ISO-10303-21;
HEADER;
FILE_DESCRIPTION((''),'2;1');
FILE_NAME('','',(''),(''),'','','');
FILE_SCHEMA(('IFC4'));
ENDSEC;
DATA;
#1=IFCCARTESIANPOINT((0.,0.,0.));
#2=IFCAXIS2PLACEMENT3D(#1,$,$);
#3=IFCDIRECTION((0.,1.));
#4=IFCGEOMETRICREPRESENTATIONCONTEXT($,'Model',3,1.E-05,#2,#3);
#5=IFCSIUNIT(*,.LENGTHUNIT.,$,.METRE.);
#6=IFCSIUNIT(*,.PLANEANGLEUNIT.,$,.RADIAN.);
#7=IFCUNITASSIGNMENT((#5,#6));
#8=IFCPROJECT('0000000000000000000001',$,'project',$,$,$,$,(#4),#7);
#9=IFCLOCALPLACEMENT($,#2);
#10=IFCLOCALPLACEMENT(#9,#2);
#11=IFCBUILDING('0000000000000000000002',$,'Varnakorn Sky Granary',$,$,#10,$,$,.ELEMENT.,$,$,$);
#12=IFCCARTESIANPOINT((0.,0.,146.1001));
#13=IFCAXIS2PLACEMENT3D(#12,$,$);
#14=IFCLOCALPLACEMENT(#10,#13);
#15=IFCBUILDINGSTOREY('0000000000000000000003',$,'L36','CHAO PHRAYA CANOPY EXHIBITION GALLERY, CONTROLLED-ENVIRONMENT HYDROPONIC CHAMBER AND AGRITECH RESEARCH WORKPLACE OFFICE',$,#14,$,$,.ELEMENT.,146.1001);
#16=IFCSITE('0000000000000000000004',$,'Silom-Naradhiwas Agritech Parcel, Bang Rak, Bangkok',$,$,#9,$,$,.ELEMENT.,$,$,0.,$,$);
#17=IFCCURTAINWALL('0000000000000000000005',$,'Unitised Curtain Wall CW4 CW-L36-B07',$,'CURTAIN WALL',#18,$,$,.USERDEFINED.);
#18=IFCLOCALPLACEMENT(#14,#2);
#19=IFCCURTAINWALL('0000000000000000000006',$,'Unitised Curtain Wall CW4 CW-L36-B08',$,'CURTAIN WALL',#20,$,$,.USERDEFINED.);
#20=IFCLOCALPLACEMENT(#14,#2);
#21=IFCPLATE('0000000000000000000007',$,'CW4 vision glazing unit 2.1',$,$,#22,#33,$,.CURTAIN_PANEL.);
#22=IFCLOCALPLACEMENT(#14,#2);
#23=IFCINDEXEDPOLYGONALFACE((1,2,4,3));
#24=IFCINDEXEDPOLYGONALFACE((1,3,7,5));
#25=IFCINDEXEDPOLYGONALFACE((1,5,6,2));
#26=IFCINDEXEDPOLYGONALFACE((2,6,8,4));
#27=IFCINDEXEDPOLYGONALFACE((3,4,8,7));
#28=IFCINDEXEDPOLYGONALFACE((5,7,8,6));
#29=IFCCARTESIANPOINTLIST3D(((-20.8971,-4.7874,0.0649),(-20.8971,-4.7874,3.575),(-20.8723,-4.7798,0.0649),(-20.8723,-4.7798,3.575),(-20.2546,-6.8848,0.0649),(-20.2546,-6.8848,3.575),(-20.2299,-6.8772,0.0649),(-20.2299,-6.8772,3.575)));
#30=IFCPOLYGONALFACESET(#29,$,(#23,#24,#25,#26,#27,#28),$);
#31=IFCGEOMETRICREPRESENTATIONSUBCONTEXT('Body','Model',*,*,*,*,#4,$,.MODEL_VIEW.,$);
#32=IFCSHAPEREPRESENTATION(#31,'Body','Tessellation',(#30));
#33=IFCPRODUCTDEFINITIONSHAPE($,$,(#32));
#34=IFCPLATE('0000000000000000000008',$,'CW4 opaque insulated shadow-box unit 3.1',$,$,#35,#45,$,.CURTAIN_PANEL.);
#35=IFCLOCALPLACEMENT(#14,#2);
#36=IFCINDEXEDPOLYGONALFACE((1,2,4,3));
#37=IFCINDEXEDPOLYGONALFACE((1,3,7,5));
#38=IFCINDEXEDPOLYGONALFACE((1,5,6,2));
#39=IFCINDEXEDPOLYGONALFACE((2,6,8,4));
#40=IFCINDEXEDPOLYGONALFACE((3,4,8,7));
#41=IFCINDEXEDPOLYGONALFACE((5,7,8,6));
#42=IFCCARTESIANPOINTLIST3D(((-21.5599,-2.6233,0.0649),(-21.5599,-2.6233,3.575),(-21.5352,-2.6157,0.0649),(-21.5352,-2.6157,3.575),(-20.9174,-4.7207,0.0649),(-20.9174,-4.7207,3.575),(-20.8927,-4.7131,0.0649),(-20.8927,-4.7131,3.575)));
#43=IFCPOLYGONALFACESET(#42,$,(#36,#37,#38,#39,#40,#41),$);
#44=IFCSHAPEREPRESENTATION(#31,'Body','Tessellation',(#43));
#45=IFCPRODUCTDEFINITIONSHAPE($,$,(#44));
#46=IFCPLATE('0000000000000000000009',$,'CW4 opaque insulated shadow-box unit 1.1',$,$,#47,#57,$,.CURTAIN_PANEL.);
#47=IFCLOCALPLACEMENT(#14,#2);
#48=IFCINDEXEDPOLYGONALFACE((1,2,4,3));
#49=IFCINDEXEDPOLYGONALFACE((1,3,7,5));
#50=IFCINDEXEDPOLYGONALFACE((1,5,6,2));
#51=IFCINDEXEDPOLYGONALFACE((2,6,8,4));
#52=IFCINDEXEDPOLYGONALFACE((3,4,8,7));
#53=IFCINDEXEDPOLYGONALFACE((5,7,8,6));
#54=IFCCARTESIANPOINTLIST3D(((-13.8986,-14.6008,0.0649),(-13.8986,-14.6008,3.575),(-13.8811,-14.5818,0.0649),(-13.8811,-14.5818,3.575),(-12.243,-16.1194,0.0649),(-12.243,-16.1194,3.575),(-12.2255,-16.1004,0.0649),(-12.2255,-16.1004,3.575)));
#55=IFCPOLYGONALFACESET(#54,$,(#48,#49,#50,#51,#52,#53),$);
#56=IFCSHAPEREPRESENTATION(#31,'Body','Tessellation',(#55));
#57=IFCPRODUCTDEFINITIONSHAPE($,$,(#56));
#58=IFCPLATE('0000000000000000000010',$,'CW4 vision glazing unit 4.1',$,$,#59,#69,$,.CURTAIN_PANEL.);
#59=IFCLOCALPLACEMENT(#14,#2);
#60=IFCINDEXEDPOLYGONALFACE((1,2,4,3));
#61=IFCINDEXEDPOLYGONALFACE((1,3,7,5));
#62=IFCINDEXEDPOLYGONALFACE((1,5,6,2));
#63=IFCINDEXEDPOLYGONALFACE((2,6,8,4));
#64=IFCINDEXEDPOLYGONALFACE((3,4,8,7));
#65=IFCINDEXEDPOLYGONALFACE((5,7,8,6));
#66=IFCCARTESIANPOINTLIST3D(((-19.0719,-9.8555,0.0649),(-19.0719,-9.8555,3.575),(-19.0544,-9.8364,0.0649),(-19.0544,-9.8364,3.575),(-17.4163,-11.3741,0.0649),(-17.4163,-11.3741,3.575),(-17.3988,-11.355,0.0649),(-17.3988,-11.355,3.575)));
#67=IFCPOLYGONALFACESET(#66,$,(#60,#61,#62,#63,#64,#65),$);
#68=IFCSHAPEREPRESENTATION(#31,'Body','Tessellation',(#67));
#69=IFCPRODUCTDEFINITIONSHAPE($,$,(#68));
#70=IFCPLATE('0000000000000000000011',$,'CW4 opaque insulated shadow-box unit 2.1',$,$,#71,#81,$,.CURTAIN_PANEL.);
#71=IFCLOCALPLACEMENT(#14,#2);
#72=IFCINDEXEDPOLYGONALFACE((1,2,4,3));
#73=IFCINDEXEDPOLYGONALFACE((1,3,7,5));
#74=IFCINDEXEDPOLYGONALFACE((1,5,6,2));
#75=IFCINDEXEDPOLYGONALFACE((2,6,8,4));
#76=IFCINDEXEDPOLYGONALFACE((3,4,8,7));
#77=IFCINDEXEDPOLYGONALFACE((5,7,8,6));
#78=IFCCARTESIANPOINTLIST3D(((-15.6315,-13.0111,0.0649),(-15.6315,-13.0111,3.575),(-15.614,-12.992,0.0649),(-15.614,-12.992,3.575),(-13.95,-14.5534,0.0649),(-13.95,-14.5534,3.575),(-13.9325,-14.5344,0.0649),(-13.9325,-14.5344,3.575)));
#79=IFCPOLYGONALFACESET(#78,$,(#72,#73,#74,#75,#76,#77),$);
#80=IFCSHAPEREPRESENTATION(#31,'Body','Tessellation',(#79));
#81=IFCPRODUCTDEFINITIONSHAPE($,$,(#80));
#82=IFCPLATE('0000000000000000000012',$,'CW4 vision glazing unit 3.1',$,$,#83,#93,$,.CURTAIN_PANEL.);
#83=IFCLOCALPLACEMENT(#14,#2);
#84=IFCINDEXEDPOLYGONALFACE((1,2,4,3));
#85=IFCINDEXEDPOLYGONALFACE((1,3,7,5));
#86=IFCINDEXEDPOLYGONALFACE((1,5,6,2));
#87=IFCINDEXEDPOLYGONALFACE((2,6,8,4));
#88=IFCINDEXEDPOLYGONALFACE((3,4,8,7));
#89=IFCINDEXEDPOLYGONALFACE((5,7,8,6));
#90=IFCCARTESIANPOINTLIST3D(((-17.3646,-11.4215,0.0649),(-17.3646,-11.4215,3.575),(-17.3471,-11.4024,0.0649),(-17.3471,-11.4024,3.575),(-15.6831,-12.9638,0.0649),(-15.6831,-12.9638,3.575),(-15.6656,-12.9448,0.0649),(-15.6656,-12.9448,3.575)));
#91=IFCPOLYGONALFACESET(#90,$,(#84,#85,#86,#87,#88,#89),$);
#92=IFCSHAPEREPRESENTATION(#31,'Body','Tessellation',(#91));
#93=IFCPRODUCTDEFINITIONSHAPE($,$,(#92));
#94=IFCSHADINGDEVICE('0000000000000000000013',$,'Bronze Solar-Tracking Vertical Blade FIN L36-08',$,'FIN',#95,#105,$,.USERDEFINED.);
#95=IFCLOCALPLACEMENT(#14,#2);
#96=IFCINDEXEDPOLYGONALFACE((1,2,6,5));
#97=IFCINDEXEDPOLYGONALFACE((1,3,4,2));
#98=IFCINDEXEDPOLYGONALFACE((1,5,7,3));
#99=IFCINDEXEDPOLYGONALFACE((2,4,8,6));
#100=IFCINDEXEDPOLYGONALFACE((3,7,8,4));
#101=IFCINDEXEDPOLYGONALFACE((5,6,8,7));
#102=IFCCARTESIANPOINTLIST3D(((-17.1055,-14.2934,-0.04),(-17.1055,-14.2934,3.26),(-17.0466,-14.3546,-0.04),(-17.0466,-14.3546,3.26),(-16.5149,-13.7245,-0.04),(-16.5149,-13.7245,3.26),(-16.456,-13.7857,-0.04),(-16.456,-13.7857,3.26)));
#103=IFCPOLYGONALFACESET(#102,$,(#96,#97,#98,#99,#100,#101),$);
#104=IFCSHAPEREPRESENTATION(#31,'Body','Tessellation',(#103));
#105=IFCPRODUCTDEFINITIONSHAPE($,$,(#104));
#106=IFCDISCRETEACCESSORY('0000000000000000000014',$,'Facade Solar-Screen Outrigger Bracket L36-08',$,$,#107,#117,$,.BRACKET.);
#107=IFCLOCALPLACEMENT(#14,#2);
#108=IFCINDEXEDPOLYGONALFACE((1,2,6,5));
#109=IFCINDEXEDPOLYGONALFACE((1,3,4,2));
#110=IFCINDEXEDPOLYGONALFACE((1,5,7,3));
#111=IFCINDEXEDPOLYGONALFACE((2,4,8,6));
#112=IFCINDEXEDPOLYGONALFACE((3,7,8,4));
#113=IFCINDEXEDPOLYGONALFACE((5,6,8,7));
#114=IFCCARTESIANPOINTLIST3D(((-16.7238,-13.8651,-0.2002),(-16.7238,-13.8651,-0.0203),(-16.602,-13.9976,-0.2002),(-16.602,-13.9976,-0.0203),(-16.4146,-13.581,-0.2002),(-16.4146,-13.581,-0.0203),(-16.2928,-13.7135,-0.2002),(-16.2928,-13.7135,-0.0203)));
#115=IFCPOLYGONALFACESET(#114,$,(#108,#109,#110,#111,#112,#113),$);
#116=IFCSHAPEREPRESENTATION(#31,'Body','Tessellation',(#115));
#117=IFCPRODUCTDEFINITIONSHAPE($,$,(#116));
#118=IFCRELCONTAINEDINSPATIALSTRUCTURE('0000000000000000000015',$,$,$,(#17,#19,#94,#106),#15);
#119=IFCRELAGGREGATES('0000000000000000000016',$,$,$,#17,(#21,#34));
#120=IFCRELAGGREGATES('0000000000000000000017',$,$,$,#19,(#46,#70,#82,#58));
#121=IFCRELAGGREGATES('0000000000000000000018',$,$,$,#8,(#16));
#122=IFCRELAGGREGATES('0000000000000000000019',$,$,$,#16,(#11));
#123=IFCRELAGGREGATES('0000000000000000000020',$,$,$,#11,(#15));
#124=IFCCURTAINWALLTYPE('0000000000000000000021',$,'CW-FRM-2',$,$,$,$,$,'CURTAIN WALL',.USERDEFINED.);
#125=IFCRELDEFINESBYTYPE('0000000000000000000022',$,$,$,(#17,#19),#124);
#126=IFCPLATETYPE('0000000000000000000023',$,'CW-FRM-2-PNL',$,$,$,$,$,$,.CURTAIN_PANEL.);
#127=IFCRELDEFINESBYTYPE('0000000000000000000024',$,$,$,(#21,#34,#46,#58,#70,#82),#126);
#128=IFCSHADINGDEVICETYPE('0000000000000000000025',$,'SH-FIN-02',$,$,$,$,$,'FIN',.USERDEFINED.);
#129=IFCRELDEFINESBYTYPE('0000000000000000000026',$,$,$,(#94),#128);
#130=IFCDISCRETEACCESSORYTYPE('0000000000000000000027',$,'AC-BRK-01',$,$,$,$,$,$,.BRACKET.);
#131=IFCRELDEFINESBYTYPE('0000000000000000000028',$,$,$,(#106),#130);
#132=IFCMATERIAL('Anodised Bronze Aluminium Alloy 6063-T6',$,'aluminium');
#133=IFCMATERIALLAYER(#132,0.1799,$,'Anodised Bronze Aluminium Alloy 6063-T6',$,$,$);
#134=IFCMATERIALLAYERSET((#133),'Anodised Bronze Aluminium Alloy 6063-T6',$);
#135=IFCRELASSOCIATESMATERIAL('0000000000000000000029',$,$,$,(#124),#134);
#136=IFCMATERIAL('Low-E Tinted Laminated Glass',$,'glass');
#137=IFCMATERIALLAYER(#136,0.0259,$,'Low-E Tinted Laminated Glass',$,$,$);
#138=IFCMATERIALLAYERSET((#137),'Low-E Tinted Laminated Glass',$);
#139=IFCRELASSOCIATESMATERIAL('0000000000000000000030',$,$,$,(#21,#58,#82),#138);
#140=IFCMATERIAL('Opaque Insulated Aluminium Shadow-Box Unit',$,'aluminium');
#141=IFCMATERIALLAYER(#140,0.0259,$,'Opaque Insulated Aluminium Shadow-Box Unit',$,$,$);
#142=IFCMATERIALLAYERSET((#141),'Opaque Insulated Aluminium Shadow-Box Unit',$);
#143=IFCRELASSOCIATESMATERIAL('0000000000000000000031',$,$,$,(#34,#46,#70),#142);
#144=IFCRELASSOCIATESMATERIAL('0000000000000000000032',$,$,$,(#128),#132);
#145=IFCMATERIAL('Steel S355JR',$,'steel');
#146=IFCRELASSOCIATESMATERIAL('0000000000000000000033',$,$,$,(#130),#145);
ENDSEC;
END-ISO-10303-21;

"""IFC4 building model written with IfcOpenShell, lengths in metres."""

from ifc_helpers import new_model, si_unit, direction, frame, origin, origin_2d, place, context, subcontext, project, spatial, rectangle, extrude, source, transform, mapped, material, layer, layer_set, type_object, type_shapes, element, aggregate, save


model = new_model("IFC4")

# Units and contexts
model_context = context("Model", 3, precision=1e-05, world=origin(), true_north=direction((0.0, 1.0)))
body_context = subcontext(model_context, "Body", "Model", "MODEL_VIEW")
ifc_project = project(units=[si_unit("LENGTHUNIT", "METRE"), si_unit("PLANEANGLEUNIT", "RADIAN")], contexts=[model_context])

# Site, building, storey
site_placement = place(None, origin())
site = spatial("IfcSite", under=ifc_project, at=site_placement, Name="Silom-Naradhiwas Agritech Parcel, Bang Rak, Bangkok", CompositionType="ELEMENT", RefElevation=0.0)
building_placement = place(site_placement, origin())
building = spatial("IfcBuilding", under=site, at=building_placement, Name="Varnakorn Sky Granary", CompositionType="ELEMENT")
storey_placement = place(building_placement, frame((0.0, 0.0, 146.1001)))
storey = spatial("IfcBuildingStorey", under=building, at=storey_placement, Name="L36", Description="CHAO PHRAYA CANOPY EXHIBITION GALLERY, CONTROLLED-ENVIRONMENT HYDROPONIC CHAMBER AND AGRITECH RESEARCH WORKPLACE OFFICE", CompositionType="ELEMENT", Elevation=146.1001)

# Shared definitions
ifc_material_1 = material(Name="Steel S355JR", Category="steel")

# Curtain walls
ifc_material_2 = material(Name="Anodised Bronze Aluminium Alloy 6063-T6", Category="aluminium")
ifc_layer_1 = layer(ifc_material_2, 0.1799, Name="Anodised Bronze Aluminium Alloy 6063-T6")
ifc_layer_set_1 = layer_set([ifc_layer_1], Name="Anodised Bronze Aluminium Alloy 6063-T6")
curtain_wall_type = type_object("IfcCurtainWallType", Name="CW-FRM-2", ElementType="CURTAIN WALL", PredefinedType="USERDEFINED", material=ifc_layer_set_1)
curtain_wall_1_placement = place(storey_placement, origin())
curtain_wall_1 = element("IfcCurtainWall", 1, at=curtain_wall_1_placement, inside=storey, type_object=curtain_wall_type, Name="Unitised Curtain Wall CW4 CW-L36-B07", ObjectType="CURTAIN WALL", PredefinedType="USERDEFINED")
curtain_wall_2_placement = place(storey_placement, origin())
curtain_wall_2 = element("IfcCurtainWall", 2, at=curtain_wall_2_placement, inside=storey, type_object=curtain_wall_type, Name="Unitised Curtain Wall CW4 CW-L36-B08", ObjectType="CURTAIN WALL", PredefinedType="USERDEFINED")

# Plates
ifc_material_3 = material(Name="Low-E Tinted Laminated Glass", Category="glass")
ifc_layer_2 = layer(ifc_material_3, 0.0259, Name="Low-E Tinted Laminated Glass")
ifc_layer_set_2 = layer_set([ifc_layer_2], Name="Low-E Tinted Laminated Glass")
plate_type_1 = type_object("IfcPlateType", Name="CW-FRM-2-PNL", PredefinedType="CURTAIN_PANEL")
ifc_material_4 = material(Name="Opaque Insulated Aluminium Shadow-Box Unit", Category="aluminium")
ifc_layer_3 = layer(ifc_material_4, 0.0259, Name="Opaque Insulated Aluminium Shadow-Box Unit")
ifc_layer_set_3 = layer_set([ifc_layer_3], Name="Opaque Insulated Aluminium Shadow-Box Unit")
shared_shape_1 = source(origin(), body_context, "Body", "SweptSolid", [
    extrude(rectangle(XDim=2.1936, YDim=0.0259, at=origin_2d()), origin(), (0.0, 0.0, 1.0), 3.51),
])
plate_1_placement = place(storey_placement, frame((-20.5635, -5.8323, 0.0649), z_axis=(0.0, 0.0, 1.0), x_axis=(-0.292893, 0.956145, 0.0)))
plate_1 = element("IfcPlate", 3, at=plate_1_placement, type_object=plate_type_1, material=ifc_layer_set_2, Name="CW4 vision glazing unit 2.1", PredefinedType="CURTAIN_PANEL", context=body_context, shape_type="MappedRepresentation", body=[
    mapped(shared_shape_1, transform((0.0, 0.0, 0.0), x_axis=(1.0, 0.0, 0.0), y_axis=(0.0, 1.0, 0.0), z_axis=(0.0, 0.0, 1.0), scale=1.0)),
])
plate_2_placement = place(storey_placement, frame((-21.2263, -3.6682, 0.0649), z_axis=(0.0, 0.0, 1.0), x_axis=(-0.292893, 0.956145, 0.0)))
plate_2 = element("IfcPlate", 4, at=plate_2_placement, type_object=plate_type_1, material=ifc_layer_set_3, Name="CW4 opaque insulated shadow-box unit 3.1", PredefinedType="CURTAIN_PANEL", context=body_context, shape_type="MappedRepresentation", body=[
    mapped(shared_shape_1, transform((0.0, 0.0, 0.0), x_axis=(1.0, 0.0, 0.0), y_axis=(0.0, 1.0, 0.0), z_axis=(0.0, 0.0, 1.0), scale=1.0)),
])
aggregate(curtain_wall_1, [plate_1, plate_2])
shared_shape_2 = source(origin(), body_context, "Body", "SweptSolid", [
    extrude(rectangle(XDim=2.2466, YDim=0.0259, at=origin_2d()), origin(), (0.0, 0.0, 1.0), 3.51),
])
plate_3_placement = place(storey_placement, frame((-13.062, -15.3506, 0.0649), z_axis=(0.0, 0.0, 1.0), x_axis=(-0.736938, 0.67596, 0.0)))
plate_3 = element("IfcPlate", 5, at=plate_3_placement, type_object=plate_type_1, material=ifc_layer_set_3, Name="CW4 opaque insulated shadow-box unit 1.1", PredefinedType="CURTAIN_PANEL", context=body_context, shape_type="MappedRepresentation", body=[
    mapped(shared_shape_2, transform((0.0, 0.0, 0.0), x_axis=(1.0, 0.0, 0.0), y_axis=(0.0, 1.0, 0.0), z_axis=(0.0, 0.0, 1.0), scale=1.0)),
])
plate_4_placement = place(storey_placement, frame((-18.2354, -10.6052, 0.0649), z_axis=(0.0, 0.0, 1.0), x_axis=(-0.736938, 0.67596, 0.0)))
plate_4 = element("IfcPlate", 6, at=plate_4_placement, type_object=plate_type_1, material=ifc_layer_set_2, Name="CW4 vision glazing unit 4.1", PredefinedType="CURTAIN_PANEL", context=body_context, shape_type="MappedRepresentation", body=[
    mapped(shared_shape_2, transform((0.0, 0.0, 0.0), x_axis=(1.0, 0.0, 0.0), y_axis=(0.0, 1.0, 0.0), z_axis=(0.0, 0.0, 1.0), scale=1.0)),
])
shared_shape_3 = source(origin(), body_context, "Body", "SweptSolid", [
    extrude(rectangle(XDim=2.2817, YDim=0.0259, at=origin_2d()), origin(), (0.0, 0.0, 1.0), 3.51),
])
plate_5_placement = place(storey_placement, frame((-14.782, -13.7727, 0.0649), z_axis=(0.0, 0.0, 1.0), x_axis=(-0.736938, 0.67596, 0.0)))
plate_5 = element("IfcPlate", 7, at=plate_5_placement, type_object=plate_type_1, material=ifc_layer_set_3, Name="CW4 opaque insulated shadow-box unit 2.1", PredefinedType="CURTAIN_PANEL", context=body_context, shape_type="MappedRepresentation", body=[
    mapped(shared_shape_3, transform((0.0, 0.0, 0.0), x_axis=(1.0, 0.0, 0.0), y_axis=(0.0, 1.0, 0.0), z_axis=(0.0, 0.0, 1.0), scale=1.0)),
])
plate_6_placement = place(storey_placement, frame((-16.5151, -12.1831, 0.0649), z_axis=(0.0, 0.0, 1.0), x_axis=(-0.736938, 0.67596, 0.0)))
plate_6 = element("IfcPlate", 8, at=plate_6_placement, type_object=plate_type_1, material=ifc_layer_set_2, Name="CW4 vision glazing unit 3.1", PredefinedType="CURTAIN_PANEL", context=body_context, shape_type="MappedRepresentation", body=[
    mapped(shared_shape_3, transform((0.0, 0.0, 0.0), x_axis=(1.0, 0.0, 0.0), y_axis=(0.0, 1.0, 0.0), z_axis=(0.0, 0.0, 1.0), scale=1.0)),
])
aggregate(curtain_wall_2, [plate_3, plate_5, plate_6, plate_4])

# Shading device
shading_device_type = type_object("IfcShadingDeviceType", Name="SH-FIN-02", ElementType="FIN", PredefinedType="USERDEFINED", material=ifc_material_2)
shared_shape_4 = source(origin(), body_context, "Body", "SweptSolid", [
    extrude(rectangle(XDim=0.085, YDim=0.8201, at=origin_2d()), origin(), (0.0, 0.0, 1.0), 3.3),
])
type_shapes(shading_device_type, [shared_shape_4])
shading_device_placement = place(storey_placement, frame((-16.7808, -14.0396, -0.04), z_axis=(0.0, 0.0, 1.0), x_axis=(0.693755, -0.720211, 0.0)))
element("IfcShadingDevice", 9, at=shading_device_placement, inside=storey, type_object=shading_device_type, Name="Bronze Solar-Tracking Vertical Blade FIN L36-08", ObjectType="FIN", PredefinedType="USERDEFINED", context=body_context, shape_type="MappedRepresentation", body=[
    mapped(shared_shape_4, transform((0.0, 0.0, 0.0), x_axis=(1.0, 0.0, 0.0), y_axis=(0.0, 1.0, 0.0), z_axis=(0.0, 0.0, 1.0), scale=1.0)),
])

# Discrete accessory
discrete_accessory_type = type_object("IfcDiscreteAccessoryType", Name="AC-BRK-01", PredefinedType="BRACKET", material=ifc_material_1)
shared_shape_5 = source(origin(), body_context, "Body", "SweptSolid", [
    extrude(rectangle(XDim=0.1799, YDim=0.4199, at=origin_2d()), origin(), (0.0, 0.0, 1.0), 0.1799),
])
type_shapes(discrete_accessory_type, [shared_shape_5])
discrete_accessory_placement = place(storey_placement, frame((-16.5083, -13.7893, -0.2002), z_axis=(0.0, 0.0, 1.0), x_axis=(0.676565, -0.736383, 0.0)))
element("IfcDiscreteAccessory", 10, at=discrete_accessory_placement, inside=storey, type_object=discrete_accessory_type, Name="Facade Solar-Screen Outrigger Bracket L36-08", PredefinedType="BRACKET", context=body_context, shape_type="MappedRepresentation", body=[
    mapped(shared_shape_5, transform((0.0, 0.0, 0.0), x_axis=(1.0, 0.0, 0.0), y_axis=(0.0, 1.0, 0.0), z_axis=(0.0, 0.0, 1.0), scale=1.0)),
])

save(model, "model.ifc")
